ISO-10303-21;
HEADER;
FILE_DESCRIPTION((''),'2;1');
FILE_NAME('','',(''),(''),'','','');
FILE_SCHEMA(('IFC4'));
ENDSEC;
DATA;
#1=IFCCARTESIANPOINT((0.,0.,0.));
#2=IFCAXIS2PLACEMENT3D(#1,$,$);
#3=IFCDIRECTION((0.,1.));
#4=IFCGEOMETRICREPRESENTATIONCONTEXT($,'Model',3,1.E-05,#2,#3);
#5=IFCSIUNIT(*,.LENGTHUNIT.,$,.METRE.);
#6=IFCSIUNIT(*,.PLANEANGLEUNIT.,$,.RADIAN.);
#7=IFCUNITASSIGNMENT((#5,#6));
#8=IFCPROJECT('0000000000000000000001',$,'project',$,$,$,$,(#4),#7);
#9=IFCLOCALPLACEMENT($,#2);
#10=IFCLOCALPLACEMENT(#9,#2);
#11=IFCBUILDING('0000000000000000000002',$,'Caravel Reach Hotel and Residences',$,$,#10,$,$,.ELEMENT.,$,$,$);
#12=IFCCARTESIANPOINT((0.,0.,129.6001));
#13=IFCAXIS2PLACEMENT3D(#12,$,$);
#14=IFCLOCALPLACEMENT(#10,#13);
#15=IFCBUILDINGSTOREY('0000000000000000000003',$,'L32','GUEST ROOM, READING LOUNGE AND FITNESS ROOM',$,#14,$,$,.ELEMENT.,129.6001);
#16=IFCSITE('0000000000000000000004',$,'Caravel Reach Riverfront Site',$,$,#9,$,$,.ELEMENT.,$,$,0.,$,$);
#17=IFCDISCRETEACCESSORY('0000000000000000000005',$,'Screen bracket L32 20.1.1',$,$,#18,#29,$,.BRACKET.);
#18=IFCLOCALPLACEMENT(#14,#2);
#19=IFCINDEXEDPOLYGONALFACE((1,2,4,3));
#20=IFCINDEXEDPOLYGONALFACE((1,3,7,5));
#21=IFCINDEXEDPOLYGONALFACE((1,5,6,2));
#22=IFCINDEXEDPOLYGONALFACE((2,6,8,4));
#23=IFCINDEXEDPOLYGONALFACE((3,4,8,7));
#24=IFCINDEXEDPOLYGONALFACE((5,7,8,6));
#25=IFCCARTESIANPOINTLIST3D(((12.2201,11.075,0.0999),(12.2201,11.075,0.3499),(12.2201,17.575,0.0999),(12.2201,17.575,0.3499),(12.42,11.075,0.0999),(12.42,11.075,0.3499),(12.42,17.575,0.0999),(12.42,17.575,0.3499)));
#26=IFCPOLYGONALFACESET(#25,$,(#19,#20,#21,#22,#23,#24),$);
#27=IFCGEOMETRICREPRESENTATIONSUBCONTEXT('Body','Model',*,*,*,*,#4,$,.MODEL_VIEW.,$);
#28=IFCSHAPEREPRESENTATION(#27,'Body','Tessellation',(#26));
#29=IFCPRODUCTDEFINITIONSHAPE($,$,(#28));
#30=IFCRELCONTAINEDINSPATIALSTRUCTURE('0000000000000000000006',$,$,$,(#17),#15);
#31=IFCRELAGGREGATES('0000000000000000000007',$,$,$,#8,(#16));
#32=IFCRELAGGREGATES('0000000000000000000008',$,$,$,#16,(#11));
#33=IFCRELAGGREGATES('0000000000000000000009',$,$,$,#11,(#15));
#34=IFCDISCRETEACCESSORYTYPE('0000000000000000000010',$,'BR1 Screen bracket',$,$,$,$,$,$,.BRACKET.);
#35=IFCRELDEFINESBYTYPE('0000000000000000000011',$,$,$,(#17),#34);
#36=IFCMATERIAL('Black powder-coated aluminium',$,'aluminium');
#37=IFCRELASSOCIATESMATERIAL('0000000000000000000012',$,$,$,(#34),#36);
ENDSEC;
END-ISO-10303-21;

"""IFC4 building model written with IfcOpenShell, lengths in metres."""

from ifc_helpers import new_model, si_unit, direction, frame, origin, origin_2d, place, context, subcontext, project, spatial, rectangle, extrude, material, type_object, element, save


model = new_model("IFC4")

# Units and contexts
model_context = context("Model", 3, precision=1e-05, world=origin(), true_north=direction((0.0, 1.0)))
body_context = subcontext(model_context, "Body", "Model", "MODEL_VIEW")
ifc_project = project(units=[si_unit("LENGTHUNIT", "METRE"), si_unit("PLANEANGLEUNIT", "RADIAN")], contexts=[model_context])

# Site, building, storey
site_placement = place(None, origin())
site = spatial("IfcSite", under=ifc_project, at=site_placement, Name="Caravel Reach Riverfront Site", CompositionType="ELEMENT", RefElevation=0.0)
building_placement = place(site_placement, origin())
building = spatial("IfcBuilding", under=site, at=building_placement, Name="Caravel Reach Hotel and Residences", CompositionType="ELEMENT")
storey_placement = place(building_placement, frame((0.0, 0.0, 129.6001)))
storey = spatial("IfcBuildingStorey", under=building, at=storey_placement, Name="L32", Description="GUEST ROOM, READING LOUNGE AND FITNESS ROOM", CompositionType="ELEMENT", Elevation=129.6001)

# Discrete accessory
ifc_material_1 = material(Name="Black powder-coated aluminium", Category="aluminium")
discrete_accessory_type = type_object("IfcDiscreteAccessoryType", Name="BR1 Screen bracket", PredefinedType="BRACKET", material=ifc_material_1)
for number, where, z_axis, x_axis, name in (
    (1, (12.3201, 14.325, 0.0999), (0.0, 0.0, 1.0), (0.0, -1.0, 0.0), "Screen bracket L32 20.1.1"),
):
    element("IfcDiscreteAccessory", number, at=place(storey_placement, frame(where, z_axis=z_axis, x_axis=x_axis)), inside=storey, type_object=discrete_accessory_type, Name=name, PredefinedType="BRACKET", context=body_context, shape_type="SweptSolid", body=[
        extrude(rectangle(XDim=6.5, YDim=0.2, at=origin_2d()), origin(), (0.0, 0.0, 1.0), 0.25),
    ])

save(model, "model.ifc")
